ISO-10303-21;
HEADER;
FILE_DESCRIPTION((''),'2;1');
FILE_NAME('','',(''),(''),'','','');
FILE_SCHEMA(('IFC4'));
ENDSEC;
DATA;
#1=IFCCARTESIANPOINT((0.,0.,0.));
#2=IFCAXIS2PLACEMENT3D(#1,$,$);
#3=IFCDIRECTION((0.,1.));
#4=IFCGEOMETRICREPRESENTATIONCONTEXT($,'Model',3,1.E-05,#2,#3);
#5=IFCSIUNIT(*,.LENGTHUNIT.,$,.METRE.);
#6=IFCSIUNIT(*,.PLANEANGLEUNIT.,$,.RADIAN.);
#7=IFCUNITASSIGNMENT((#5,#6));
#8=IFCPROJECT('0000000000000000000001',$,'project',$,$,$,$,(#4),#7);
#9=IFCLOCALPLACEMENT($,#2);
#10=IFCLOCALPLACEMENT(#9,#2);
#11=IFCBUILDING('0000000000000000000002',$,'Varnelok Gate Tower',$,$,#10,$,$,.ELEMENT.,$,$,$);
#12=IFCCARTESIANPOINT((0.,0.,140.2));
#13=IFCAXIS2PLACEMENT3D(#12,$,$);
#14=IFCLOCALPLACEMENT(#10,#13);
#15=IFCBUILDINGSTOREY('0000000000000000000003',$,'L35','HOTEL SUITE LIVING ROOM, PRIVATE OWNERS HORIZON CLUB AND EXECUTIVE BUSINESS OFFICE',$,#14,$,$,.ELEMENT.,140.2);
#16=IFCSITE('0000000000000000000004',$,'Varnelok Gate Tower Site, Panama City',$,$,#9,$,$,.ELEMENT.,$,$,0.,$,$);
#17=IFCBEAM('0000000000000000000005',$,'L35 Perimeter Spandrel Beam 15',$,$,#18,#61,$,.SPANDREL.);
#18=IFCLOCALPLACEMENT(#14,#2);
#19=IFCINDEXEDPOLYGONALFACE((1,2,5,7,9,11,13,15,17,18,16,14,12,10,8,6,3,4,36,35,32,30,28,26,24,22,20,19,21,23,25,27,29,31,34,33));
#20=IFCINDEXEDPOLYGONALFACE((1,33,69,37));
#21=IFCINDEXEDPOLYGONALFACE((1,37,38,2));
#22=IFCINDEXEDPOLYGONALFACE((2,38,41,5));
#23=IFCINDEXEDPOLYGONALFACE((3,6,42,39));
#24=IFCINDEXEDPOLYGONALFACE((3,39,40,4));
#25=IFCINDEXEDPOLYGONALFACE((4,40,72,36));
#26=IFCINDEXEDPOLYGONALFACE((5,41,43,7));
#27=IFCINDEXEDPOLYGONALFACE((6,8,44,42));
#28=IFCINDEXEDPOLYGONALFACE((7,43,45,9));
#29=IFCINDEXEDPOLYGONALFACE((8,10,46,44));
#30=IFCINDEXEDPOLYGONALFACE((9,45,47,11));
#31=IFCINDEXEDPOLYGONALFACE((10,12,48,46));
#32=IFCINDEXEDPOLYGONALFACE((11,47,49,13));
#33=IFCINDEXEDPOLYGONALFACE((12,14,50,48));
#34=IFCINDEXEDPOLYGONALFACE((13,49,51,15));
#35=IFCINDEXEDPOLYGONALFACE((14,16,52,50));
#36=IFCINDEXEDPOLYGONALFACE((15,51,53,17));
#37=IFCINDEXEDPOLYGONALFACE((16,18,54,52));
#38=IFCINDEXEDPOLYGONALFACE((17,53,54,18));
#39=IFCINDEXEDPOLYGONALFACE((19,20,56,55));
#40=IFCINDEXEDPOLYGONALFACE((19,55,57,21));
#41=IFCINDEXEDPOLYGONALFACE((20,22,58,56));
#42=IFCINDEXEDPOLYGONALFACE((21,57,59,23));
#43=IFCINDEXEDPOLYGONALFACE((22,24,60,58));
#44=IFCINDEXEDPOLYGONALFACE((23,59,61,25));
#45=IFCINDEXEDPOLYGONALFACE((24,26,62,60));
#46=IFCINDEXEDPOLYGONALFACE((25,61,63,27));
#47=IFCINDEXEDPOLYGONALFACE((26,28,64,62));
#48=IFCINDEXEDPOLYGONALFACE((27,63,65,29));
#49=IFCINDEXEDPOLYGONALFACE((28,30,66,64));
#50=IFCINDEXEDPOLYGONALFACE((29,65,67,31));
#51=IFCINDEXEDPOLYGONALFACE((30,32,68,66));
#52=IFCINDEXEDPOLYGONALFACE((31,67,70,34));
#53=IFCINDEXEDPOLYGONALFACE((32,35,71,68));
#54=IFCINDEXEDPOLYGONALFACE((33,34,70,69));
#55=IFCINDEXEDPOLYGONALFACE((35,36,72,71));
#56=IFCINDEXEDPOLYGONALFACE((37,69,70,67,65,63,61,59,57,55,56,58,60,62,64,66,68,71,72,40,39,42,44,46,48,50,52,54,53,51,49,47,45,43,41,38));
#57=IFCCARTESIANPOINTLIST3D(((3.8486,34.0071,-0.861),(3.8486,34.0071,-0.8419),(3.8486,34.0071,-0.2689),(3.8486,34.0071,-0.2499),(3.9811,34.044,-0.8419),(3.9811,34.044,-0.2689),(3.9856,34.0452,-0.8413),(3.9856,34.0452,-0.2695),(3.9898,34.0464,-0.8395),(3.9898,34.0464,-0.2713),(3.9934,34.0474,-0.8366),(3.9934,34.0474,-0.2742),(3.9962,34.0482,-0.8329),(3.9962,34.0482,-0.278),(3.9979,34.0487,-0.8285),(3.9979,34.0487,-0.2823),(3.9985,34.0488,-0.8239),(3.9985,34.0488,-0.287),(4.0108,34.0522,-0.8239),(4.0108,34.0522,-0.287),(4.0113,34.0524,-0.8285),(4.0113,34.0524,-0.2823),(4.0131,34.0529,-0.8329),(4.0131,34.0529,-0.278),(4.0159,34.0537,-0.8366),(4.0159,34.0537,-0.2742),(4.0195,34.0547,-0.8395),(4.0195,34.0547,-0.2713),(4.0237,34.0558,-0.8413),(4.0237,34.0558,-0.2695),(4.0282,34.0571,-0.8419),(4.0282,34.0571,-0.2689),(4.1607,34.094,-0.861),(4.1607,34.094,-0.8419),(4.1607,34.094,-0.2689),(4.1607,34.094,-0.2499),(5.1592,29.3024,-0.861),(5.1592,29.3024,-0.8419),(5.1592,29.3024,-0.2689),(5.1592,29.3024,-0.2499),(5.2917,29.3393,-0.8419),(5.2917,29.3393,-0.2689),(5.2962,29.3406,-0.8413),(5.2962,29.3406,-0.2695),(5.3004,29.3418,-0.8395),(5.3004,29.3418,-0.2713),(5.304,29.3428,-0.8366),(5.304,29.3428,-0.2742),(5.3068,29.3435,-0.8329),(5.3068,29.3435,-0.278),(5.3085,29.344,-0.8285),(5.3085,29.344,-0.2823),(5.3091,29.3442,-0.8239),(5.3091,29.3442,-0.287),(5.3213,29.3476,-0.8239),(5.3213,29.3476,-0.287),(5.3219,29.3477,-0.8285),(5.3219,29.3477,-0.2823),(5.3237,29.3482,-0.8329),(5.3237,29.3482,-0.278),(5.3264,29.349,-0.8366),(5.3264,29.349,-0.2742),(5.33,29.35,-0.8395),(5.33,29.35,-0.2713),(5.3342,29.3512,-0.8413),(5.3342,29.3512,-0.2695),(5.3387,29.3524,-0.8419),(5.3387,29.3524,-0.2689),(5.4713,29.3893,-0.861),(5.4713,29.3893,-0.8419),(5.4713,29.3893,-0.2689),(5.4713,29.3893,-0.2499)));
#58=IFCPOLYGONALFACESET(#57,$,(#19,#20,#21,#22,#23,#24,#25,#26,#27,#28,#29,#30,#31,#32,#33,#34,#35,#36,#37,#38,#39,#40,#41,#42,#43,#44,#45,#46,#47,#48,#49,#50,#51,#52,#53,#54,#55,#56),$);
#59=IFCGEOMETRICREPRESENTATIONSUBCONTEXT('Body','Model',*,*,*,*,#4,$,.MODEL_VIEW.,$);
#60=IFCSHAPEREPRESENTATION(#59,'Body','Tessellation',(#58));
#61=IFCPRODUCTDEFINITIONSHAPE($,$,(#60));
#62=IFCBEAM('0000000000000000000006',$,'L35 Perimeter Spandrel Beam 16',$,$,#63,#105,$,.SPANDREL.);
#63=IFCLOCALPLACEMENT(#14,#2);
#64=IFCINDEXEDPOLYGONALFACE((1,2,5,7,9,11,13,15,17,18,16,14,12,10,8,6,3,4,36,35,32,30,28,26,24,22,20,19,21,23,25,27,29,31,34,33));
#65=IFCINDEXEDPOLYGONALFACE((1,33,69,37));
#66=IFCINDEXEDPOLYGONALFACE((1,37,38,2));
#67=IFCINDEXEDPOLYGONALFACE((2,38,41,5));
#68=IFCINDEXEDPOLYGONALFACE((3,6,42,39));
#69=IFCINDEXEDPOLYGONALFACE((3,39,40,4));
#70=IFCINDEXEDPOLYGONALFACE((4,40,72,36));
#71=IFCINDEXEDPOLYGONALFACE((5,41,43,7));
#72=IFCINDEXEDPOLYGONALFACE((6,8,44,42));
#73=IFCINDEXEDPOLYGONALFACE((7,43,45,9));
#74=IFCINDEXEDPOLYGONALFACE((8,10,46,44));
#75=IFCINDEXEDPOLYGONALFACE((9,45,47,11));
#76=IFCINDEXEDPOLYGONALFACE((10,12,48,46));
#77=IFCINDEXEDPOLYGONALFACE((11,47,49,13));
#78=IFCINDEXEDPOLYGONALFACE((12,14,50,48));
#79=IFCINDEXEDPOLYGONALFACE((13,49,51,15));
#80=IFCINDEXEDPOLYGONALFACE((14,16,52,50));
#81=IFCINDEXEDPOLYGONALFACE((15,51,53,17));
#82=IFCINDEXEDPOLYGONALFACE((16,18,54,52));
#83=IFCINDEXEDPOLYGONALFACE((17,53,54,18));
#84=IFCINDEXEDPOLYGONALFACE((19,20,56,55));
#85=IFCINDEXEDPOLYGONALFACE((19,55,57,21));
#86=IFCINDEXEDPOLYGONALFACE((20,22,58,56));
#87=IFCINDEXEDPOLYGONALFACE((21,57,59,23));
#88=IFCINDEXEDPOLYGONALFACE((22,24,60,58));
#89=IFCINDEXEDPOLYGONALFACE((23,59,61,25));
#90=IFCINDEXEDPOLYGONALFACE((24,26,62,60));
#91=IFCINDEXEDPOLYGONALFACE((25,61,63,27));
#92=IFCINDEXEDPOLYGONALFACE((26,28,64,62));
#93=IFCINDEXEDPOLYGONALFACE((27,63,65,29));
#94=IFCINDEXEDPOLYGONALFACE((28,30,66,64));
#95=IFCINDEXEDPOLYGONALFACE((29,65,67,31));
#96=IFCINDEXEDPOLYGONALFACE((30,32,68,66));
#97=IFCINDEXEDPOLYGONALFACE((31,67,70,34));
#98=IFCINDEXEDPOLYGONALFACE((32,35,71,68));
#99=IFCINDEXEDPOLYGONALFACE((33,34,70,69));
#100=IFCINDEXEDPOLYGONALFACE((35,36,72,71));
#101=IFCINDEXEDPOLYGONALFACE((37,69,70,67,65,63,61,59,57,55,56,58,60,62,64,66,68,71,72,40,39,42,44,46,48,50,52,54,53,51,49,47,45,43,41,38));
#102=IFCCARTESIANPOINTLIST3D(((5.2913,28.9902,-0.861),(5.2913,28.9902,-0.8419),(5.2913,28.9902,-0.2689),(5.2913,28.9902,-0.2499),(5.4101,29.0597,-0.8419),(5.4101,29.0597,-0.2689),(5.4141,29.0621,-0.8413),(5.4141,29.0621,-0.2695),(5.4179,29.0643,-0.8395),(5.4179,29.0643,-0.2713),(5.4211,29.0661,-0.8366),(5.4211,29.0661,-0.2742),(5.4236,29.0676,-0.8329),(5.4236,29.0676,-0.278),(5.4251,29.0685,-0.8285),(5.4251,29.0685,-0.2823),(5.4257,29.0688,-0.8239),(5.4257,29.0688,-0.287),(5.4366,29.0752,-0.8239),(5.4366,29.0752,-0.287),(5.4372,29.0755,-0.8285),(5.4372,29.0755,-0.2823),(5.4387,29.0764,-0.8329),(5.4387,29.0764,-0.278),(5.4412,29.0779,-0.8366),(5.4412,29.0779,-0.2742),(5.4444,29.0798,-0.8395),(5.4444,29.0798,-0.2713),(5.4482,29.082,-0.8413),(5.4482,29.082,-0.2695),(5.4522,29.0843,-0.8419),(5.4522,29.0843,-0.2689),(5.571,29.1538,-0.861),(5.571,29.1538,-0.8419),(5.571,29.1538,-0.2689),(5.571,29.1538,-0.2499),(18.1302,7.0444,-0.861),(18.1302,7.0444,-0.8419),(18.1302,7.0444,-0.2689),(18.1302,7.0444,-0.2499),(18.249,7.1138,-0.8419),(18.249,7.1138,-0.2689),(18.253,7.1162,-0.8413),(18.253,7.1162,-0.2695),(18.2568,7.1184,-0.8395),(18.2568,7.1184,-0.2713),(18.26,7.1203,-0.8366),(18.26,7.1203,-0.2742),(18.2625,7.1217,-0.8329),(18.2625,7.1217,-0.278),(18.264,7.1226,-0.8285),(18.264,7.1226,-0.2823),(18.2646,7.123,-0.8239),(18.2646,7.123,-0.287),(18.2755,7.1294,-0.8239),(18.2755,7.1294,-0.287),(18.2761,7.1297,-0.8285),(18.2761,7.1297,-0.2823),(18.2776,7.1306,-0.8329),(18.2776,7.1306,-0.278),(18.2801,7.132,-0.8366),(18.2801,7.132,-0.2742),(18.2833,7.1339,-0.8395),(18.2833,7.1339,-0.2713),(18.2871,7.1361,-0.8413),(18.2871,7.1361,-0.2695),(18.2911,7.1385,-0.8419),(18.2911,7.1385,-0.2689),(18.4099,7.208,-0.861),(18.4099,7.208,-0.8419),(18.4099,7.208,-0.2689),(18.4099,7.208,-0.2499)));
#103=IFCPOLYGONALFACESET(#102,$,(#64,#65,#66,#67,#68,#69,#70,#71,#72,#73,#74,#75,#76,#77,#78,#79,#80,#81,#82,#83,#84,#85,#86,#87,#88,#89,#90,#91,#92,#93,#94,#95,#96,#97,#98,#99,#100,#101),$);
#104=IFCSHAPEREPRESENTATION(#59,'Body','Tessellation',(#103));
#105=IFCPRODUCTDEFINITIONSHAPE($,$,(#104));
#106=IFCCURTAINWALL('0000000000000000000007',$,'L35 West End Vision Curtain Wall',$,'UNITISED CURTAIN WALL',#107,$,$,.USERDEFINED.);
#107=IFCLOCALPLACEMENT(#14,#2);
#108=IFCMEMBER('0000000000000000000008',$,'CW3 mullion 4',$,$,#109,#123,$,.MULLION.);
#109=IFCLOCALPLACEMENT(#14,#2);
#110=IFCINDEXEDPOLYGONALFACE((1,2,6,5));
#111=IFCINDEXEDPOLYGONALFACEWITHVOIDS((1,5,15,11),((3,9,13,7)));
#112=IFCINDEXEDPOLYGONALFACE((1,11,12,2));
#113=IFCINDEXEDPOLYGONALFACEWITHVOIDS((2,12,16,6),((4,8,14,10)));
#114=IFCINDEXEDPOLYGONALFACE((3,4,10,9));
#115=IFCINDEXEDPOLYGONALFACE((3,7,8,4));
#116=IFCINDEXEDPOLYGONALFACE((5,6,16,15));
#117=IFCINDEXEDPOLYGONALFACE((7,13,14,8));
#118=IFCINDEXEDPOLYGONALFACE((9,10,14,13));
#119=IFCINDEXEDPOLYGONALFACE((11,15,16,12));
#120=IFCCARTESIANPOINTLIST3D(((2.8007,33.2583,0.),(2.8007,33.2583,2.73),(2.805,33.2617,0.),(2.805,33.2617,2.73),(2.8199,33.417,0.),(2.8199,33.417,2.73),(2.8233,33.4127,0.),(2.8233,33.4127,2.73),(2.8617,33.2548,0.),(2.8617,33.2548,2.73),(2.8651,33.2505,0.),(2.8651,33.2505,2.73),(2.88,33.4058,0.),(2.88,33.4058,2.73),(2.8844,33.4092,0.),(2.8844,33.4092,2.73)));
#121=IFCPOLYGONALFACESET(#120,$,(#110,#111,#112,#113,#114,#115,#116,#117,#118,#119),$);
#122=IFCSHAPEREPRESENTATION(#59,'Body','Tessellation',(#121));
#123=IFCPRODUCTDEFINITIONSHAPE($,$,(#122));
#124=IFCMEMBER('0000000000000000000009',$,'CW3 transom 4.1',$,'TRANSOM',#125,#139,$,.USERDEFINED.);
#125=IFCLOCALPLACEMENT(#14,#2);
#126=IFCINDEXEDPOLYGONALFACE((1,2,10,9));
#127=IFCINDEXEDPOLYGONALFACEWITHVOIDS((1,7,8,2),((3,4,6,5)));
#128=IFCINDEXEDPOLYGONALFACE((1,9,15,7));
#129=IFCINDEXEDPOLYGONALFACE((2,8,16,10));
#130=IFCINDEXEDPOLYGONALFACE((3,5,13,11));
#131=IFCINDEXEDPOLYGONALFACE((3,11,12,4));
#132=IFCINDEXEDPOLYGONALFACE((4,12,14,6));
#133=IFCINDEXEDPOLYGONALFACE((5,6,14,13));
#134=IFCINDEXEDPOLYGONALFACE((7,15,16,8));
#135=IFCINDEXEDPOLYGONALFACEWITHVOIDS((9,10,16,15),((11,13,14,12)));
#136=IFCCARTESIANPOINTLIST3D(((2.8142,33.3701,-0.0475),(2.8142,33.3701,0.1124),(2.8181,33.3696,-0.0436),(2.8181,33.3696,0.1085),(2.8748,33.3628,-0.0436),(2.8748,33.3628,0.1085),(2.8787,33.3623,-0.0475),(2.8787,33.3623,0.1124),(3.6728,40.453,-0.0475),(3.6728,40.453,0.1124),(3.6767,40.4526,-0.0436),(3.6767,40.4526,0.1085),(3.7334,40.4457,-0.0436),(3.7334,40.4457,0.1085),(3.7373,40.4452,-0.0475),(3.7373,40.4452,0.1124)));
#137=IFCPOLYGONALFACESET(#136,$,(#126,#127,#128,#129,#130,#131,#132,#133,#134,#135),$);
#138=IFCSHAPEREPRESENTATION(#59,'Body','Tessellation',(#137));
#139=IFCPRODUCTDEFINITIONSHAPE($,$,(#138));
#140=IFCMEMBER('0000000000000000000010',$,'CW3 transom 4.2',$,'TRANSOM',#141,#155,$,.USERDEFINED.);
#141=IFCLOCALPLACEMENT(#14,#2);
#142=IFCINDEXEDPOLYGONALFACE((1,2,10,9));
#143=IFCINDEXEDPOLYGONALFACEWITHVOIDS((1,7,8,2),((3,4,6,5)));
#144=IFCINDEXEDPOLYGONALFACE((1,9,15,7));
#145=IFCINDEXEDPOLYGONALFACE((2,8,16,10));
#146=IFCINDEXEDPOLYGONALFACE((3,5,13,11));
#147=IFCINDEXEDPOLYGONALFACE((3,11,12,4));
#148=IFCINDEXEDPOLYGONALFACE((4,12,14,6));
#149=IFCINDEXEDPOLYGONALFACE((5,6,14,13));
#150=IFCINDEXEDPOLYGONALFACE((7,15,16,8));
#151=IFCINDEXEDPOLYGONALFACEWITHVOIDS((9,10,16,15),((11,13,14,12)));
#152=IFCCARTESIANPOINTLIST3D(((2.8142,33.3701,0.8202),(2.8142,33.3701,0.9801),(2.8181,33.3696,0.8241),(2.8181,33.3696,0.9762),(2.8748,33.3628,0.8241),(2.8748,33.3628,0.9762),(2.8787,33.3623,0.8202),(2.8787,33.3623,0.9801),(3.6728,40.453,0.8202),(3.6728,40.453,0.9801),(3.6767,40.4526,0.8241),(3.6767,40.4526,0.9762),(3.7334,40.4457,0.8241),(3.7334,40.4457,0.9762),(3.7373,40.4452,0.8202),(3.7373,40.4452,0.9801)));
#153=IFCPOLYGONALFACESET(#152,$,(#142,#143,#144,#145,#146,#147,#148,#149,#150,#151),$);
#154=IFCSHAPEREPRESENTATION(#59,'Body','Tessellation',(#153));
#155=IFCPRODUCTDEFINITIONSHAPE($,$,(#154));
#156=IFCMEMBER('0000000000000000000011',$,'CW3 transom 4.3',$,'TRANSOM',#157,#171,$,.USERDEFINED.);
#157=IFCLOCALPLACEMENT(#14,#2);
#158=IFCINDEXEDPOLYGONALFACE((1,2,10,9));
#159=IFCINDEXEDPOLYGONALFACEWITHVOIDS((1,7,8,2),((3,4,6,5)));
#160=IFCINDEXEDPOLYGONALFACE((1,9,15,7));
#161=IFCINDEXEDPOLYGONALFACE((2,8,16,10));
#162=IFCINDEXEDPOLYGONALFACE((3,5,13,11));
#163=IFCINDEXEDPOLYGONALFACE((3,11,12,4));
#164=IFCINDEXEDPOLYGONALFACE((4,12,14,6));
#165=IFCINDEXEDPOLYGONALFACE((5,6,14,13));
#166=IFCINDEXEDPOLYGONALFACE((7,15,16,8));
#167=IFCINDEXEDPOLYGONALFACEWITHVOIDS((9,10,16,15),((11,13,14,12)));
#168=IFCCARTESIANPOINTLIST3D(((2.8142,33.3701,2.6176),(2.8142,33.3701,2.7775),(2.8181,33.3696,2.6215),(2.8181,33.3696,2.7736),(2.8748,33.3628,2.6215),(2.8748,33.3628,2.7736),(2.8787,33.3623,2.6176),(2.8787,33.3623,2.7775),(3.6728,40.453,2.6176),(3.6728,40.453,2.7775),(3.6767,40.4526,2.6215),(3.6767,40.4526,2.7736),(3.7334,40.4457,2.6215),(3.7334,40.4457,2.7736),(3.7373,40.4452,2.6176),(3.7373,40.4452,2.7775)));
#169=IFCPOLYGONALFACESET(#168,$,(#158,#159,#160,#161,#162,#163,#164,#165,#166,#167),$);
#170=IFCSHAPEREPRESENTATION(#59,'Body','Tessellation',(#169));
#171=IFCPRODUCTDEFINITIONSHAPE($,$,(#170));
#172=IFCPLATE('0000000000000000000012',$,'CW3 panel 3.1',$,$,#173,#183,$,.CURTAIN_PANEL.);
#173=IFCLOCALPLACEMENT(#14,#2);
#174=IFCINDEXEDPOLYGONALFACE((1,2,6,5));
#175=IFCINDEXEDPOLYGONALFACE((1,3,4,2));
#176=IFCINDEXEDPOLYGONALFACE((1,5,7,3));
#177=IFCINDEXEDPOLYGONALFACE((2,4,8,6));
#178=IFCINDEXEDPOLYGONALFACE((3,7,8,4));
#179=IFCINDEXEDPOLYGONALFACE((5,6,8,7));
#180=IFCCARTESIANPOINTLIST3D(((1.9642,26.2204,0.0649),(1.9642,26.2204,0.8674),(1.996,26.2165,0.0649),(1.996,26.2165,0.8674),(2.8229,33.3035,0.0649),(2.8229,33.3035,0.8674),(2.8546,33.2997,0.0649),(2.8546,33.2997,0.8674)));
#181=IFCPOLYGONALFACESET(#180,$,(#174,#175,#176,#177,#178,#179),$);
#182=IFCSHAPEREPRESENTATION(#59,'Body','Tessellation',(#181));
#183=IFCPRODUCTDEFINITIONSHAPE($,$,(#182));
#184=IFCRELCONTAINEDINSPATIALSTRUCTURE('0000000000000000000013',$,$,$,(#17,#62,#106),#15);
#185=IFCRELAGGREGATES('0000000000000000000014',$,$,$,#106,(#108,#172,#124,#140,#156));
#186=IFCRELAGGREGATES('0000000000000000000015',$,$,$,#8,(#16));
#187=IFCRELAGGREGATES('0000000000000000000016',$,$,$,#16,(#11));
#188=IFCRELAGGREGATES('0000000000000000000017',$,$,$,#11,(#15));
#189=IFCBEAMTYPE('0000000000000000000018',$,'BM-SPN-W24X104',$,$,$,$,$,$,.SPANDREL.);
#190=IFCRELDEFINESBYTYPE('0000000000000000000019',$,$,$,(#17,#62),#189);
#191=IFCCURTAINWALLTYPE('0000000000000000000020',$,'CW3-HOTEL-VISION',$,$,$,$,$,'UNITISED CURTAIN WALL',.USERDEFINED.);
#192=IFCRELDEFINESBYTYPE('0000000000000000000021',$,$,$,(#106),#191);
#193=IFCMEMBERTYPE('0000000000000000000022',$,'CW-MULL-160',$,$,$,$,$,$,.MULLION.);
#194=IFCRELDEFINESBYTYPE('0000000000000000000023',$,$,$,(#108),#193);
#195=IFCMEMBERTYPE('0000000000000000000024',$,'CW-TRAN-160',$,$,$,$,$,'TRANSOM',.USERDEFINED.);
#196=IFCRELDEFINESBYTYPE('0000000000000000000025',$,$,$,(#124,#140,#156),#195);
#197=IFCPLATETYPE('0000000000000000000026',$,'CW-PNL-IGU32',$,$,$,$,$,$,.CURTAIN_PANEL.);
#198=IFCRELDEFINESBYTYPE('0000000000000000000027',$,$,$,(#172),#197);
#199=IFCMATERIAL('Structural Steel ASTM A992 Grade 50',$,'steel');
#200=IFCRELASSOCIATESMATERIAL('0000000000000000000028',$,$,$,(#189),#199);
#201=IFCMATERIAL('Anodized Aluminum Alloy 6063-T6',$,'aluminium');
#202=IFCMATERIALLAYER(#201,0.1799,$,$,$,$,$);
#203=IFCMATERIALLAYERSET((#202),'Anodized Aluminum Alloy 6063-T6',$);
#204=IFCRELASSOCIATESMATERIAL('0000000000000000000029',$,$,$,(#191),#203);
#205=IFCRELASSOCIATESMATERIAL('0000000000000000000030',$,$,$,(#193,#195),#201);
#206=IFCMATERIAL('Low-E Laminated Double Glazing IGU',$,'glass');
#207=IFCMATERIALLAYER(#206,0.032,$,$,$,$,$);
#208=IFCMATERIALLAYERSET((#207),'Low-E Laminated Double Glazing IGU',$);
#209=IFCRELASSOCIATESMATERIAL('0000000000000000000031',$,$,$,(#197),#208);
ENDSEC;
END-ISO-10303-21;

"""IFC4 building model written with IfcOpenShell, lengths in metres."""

from ifc_helpers import new_model, si_unit, direction, frame, origin, origin_2d, place, context, subcontext, project, spatial, rectangle, hollow_rectangle, i_section, extrude, source, transform, mapped, material, layer, layer_set, material_profile, profile_set, type_object, element, aggregate, save


model = new_model("IFC4")

# Units and contexts
model_context = context("Model", 3, precision=1e-05, world=origin(), true_north=direction((0.0, 1.0)))
body_context = subcontext(model_context, "Body", "Model", "MODEL_VIEW")
ifc_project = project(units=[si_unit("LENGTHUNIT", "METRE"), si_unit("PLANEANGLEUNIT", "RADIAN")], contexts=[model_context])

# Site, building, storey
site_placement = place(None, origin())
site = spatial("IfcSite", under=ifc_project, at=site_placement, Name="Varnelok Gate Tower Site, Panama City", CompositionType="ELEMENT", RefElevation=0.0)
building_placement = place(site_placement, origin())
building = spatial("IfcBuilding", under=site, at=building_placement, Name="Varnelok Gate Tower", CompositionType="ELEMENT")
storey_placement = place(building_placement, frame((0.0, 0.0, 140.2)))
storey = spatial("IfcBuildingStorey", under=building, at=storey_placement, Name="L35", Description="HOTEL SUITE LIVING ROOM, PRIVATE OWNERS HORIZON CLUB AND EXECUTIVE BUSINESS OFFICE", CompositionType="ELEMENT", Elevation=140.2)

# Shared definitions
ifc_material_1 = material(Name="Structural Steel ASTM A992 Grade 50", Category="steel")

# Beams
ifc_material_profile_1 = material_profile(ifc_material_1, i_section(OverallWidth=0.324, OverallDepth=0.6111, WebThickness=0.0127, FlangeThickness=0.019, FilletRadius=0.0181, at=origin_2d()), Name="W24X104")
ifc_profile_set_1 = profile_set([ifc_material_profile_1], Name="Structural Steel ASTM A992 Grade 50")
beam_type_1 = type_object("IfcBeamType", Name="BM-SPN-W24X104", PredefinedType="SPANDREL", material=ifc_profile_set_1)
beam_1_placement = place(storey_placement, frame((4.0046, 34.0505, -0.5554), z_axis=(0.26835, -0.963321, 0.0), x_axis=(0.963321, 0.26835, 0.0)))
element("IfcBeam", 1, at=beam_1_placement, inside=storey, type_object=beam_type_1, Name="L35 Perimeter Spandrel Beam 15", PredefinedType="SPANDREL", context=body_context, shape_type="SweptSolid", body=[
    extrude(i_section(OverallWidth=0.324, OverallDepth=0.6111, WebThickness=0.0127, FlangeThickness=0.019, FilletRadius=0.0181, at=origin_2d()), origin(), (0.0, 0.0, 1.0), 4.8838),
])
beam_2_placement = place(storey_placement, frame((5.4312, 29.072, -0.5554), z_axis=(0.504961, -0.863142, 0.0), x_axis=(0.863142, 0.504961, 0.0)))
element("IfcBeam", 2, at=beam_2_placement, inside=storey, type_object=beam_type_1, Name="L35 Perimeter Spandrel Beam 16", PredefinedType="SPANDREL", context=body_context, shape_type="SweptSolid", body=[
    extrude(i_section(OverallWidth=0.324, OverallDepth=0.6111, WebThickness=0.0127, FlangeThickness=0.019, FilletRadius=0.0181, at=origin_2d()), origin(), (0.0, 0.0, 1.0), 25.4255),
])

# Curtain wall, members, plate
ifc_material_2 = material(Name="Anodized Aluminum Alloy 6063-T6", Category="aluminium")
ifc_layer_1 = layer(ifc_material_2, 0.1799)
ifc_layer_set_1 = layer_set([ifc_layer_1], Name="Anodized Aluminum Alloy 6063-T6")
curtain_wall_type = type_object("IfcCurtainWallType", Name="CW3-HOTEL-VISION", ElementType="UNITISED CURTAIN WALL", PredefinedType="USERDEFINED", material=ifc_layer_set_1)
curtain_wall_placement = place(storey_placement, origin())
curtain_wall = element("IfcCurtainWall", 3, at=curtain_wall_placement, inside=storey, type_object=curtain_wall_type, Name="L35 West End Vision Curtain Wall", ObjectType="UNITISED CURTAIN WALL", PredefinedType="USERDEFINED")
ifc_material_profile_2 = material_profile(ifc_material_2, hollow_rectangle(XDim=0.0649, YDim=0.1599, WallThickness=0.0039, at=origin_2d()), Name="ALU160X65X4")
ifc_profile_set_2 = profile_set([ifc_material_profile_2], Name="Anodized Aluminum Alloy 6063-T6")
member_type_1 = type_object("IfcMemberType", Name="CW-MULL-160", PredefinedType="MULLION", material=ifc_profile_set_2)
member_1_placement = place(storey_placement, frame((2.8425, 33.3337, 0.0), z_axis=(0.0, 0.0, 1.0), x_axis=(-0.992732, 0.120347, 0.0)))
member_1 = element("IfcMember", 4, at=member_1_placement, type_object=member_type_1, Name="CW3 mullion 4", PredefinedType="MULLION", context=body_context, shape_type="SweptSolid", body=[
    extrude(hollow_rectangle(XDim=0.0649, YDim=0.1599, WallThickness=0.0039, at=origin_2d()), origin(), (0.0, 0.0, 1.0), 2.73),
])
ifc_material_profile_3 = material_profile(ifc_material_2, hollow_rectangle(XDim=0.0649, YDim=0.1599, WallThickness=0.0039, at=origin_2d()), Name="ALU160X65X4")
ifc_profile_set_3 = profile_set([ifc_material_profile_3], Name="Anodized Aluminum Alloy 6063-T6")
member_type_2 = type_object("IfcMemberType", Name="CW-TRAN-160", ElementType="TRANSOM", PredefinedType="USERDEFINED", material=ifc_profile_set_3)
member_2_placement = place(storey_placement, frame((2.8464, 33.3662, 0.0325), z_axis=(0.120345, 0.992732, 0.0), x_axis=(-0.992732, 0.120345, 0.0)))
member_2 = element("IfcMember", 5, at=member_2_placement, type_object=member_type_2, Name="CW3 transom 4.1", ObjectType="TRANSOM", PredefinedType="USERDEFINED", context=body_context, shape_type="SweptSolid", body=[
    extrude(hollow_rectangle(XDim=0.0649, YDim=0.1599, WallThickness=0.0039, at=origin_2d()), origin(), (0.0, 0.0, 1.0), 7.1348),
])
member_3_placement = place(storey_placement, frame((2.8464, 33.3662, 0.9001), z_axis=(0.120345, 0.992732, 0.0), x_axis=(-0.992732, 0.120345, 0.0)))
member_3 = element("IfcMember", 6, at=member_3_placement, type_object=member_type_2, Name="CW3 transom 4.2", ObjectType="TRANSOM", PredefinedType="USERDEFINED", context=body_context, shape_type="SweptSolid", body=[
    extrude(hollow_rectangle(XDim=0.0649, YDim=0.1599, WallThickness=0.0039, at=origin_2d()), origin(), (0.0, 0.0, 1.0), 7.1348),
])
member_4_placement = place(storey_placement, frame((2.8464, 33.3662, 2.6975), z_axis=(0.120345, 0.992732, 0.0), x_axis=(-0.992732, 0.120345, 0.0)))
member_4 = element("IfcMember", 7, at=member_4_placement, type_object=member_type_2, Name="CW3 transom 4.3", ObjectType="TRANSOM", PredefinedType="USERDEFINED", context=body_context, shape_type="SweptSolid", body=[
    extrude(hollow_rectangle(XDim=0.0649, YDim=0.1599, WallThickness=0.0039, at=origin_2d()), origin(), (0.0, 0.0, 1.0), 7.1348),
])
ifc_material_3 = material(Name="Low-E Laminated Double Glazing IGU", Category="glass")
ifc_layer_2 = layer(ifc_material_3, 0.032)
ifc_layer_set_2 = layer_set([ifc_layer_2], Name="Low-E Laminated Double Glazing IGU")
plate_type = type_object("IfcPlateType", Name="CW-PNL-IGU32", PredefinedType="CURTAIN_PANEL", material=ifc_layer_set_2)
shared_shape_1 = source(origin(), body_context, "Body", "SweptSolid", [
    extrude(rectangle(XDim=7.135, YDim=0.032, at=origin_2d()), origin(), (0.0, 0.0, 1.0), 0.8025),
])
plate_1_placement = place(storey_placement, frame((2.4094, 29.76, 0.0649), z_axis=(0.0, 0.0, 1.0), x_axis=(0.120347, 0.992732, 0.0)))
plate_1 = element("IfcPlate", 8, at=plate_1_placement, type_object=plate_type, Name="CW3 panel 3.1", PredefinedType="CURTAIN_PANEL", context=body_context, shape_type="MappedRepresentation", body=[
    mapped(shared_shape_1, transform((0.0, 0.0, 0.0), scale=1.0)),
])
aggregate(curtain_wall, [member_1, plate_1, member_2, member_3, member_4])

save(model, "model.ifc")
